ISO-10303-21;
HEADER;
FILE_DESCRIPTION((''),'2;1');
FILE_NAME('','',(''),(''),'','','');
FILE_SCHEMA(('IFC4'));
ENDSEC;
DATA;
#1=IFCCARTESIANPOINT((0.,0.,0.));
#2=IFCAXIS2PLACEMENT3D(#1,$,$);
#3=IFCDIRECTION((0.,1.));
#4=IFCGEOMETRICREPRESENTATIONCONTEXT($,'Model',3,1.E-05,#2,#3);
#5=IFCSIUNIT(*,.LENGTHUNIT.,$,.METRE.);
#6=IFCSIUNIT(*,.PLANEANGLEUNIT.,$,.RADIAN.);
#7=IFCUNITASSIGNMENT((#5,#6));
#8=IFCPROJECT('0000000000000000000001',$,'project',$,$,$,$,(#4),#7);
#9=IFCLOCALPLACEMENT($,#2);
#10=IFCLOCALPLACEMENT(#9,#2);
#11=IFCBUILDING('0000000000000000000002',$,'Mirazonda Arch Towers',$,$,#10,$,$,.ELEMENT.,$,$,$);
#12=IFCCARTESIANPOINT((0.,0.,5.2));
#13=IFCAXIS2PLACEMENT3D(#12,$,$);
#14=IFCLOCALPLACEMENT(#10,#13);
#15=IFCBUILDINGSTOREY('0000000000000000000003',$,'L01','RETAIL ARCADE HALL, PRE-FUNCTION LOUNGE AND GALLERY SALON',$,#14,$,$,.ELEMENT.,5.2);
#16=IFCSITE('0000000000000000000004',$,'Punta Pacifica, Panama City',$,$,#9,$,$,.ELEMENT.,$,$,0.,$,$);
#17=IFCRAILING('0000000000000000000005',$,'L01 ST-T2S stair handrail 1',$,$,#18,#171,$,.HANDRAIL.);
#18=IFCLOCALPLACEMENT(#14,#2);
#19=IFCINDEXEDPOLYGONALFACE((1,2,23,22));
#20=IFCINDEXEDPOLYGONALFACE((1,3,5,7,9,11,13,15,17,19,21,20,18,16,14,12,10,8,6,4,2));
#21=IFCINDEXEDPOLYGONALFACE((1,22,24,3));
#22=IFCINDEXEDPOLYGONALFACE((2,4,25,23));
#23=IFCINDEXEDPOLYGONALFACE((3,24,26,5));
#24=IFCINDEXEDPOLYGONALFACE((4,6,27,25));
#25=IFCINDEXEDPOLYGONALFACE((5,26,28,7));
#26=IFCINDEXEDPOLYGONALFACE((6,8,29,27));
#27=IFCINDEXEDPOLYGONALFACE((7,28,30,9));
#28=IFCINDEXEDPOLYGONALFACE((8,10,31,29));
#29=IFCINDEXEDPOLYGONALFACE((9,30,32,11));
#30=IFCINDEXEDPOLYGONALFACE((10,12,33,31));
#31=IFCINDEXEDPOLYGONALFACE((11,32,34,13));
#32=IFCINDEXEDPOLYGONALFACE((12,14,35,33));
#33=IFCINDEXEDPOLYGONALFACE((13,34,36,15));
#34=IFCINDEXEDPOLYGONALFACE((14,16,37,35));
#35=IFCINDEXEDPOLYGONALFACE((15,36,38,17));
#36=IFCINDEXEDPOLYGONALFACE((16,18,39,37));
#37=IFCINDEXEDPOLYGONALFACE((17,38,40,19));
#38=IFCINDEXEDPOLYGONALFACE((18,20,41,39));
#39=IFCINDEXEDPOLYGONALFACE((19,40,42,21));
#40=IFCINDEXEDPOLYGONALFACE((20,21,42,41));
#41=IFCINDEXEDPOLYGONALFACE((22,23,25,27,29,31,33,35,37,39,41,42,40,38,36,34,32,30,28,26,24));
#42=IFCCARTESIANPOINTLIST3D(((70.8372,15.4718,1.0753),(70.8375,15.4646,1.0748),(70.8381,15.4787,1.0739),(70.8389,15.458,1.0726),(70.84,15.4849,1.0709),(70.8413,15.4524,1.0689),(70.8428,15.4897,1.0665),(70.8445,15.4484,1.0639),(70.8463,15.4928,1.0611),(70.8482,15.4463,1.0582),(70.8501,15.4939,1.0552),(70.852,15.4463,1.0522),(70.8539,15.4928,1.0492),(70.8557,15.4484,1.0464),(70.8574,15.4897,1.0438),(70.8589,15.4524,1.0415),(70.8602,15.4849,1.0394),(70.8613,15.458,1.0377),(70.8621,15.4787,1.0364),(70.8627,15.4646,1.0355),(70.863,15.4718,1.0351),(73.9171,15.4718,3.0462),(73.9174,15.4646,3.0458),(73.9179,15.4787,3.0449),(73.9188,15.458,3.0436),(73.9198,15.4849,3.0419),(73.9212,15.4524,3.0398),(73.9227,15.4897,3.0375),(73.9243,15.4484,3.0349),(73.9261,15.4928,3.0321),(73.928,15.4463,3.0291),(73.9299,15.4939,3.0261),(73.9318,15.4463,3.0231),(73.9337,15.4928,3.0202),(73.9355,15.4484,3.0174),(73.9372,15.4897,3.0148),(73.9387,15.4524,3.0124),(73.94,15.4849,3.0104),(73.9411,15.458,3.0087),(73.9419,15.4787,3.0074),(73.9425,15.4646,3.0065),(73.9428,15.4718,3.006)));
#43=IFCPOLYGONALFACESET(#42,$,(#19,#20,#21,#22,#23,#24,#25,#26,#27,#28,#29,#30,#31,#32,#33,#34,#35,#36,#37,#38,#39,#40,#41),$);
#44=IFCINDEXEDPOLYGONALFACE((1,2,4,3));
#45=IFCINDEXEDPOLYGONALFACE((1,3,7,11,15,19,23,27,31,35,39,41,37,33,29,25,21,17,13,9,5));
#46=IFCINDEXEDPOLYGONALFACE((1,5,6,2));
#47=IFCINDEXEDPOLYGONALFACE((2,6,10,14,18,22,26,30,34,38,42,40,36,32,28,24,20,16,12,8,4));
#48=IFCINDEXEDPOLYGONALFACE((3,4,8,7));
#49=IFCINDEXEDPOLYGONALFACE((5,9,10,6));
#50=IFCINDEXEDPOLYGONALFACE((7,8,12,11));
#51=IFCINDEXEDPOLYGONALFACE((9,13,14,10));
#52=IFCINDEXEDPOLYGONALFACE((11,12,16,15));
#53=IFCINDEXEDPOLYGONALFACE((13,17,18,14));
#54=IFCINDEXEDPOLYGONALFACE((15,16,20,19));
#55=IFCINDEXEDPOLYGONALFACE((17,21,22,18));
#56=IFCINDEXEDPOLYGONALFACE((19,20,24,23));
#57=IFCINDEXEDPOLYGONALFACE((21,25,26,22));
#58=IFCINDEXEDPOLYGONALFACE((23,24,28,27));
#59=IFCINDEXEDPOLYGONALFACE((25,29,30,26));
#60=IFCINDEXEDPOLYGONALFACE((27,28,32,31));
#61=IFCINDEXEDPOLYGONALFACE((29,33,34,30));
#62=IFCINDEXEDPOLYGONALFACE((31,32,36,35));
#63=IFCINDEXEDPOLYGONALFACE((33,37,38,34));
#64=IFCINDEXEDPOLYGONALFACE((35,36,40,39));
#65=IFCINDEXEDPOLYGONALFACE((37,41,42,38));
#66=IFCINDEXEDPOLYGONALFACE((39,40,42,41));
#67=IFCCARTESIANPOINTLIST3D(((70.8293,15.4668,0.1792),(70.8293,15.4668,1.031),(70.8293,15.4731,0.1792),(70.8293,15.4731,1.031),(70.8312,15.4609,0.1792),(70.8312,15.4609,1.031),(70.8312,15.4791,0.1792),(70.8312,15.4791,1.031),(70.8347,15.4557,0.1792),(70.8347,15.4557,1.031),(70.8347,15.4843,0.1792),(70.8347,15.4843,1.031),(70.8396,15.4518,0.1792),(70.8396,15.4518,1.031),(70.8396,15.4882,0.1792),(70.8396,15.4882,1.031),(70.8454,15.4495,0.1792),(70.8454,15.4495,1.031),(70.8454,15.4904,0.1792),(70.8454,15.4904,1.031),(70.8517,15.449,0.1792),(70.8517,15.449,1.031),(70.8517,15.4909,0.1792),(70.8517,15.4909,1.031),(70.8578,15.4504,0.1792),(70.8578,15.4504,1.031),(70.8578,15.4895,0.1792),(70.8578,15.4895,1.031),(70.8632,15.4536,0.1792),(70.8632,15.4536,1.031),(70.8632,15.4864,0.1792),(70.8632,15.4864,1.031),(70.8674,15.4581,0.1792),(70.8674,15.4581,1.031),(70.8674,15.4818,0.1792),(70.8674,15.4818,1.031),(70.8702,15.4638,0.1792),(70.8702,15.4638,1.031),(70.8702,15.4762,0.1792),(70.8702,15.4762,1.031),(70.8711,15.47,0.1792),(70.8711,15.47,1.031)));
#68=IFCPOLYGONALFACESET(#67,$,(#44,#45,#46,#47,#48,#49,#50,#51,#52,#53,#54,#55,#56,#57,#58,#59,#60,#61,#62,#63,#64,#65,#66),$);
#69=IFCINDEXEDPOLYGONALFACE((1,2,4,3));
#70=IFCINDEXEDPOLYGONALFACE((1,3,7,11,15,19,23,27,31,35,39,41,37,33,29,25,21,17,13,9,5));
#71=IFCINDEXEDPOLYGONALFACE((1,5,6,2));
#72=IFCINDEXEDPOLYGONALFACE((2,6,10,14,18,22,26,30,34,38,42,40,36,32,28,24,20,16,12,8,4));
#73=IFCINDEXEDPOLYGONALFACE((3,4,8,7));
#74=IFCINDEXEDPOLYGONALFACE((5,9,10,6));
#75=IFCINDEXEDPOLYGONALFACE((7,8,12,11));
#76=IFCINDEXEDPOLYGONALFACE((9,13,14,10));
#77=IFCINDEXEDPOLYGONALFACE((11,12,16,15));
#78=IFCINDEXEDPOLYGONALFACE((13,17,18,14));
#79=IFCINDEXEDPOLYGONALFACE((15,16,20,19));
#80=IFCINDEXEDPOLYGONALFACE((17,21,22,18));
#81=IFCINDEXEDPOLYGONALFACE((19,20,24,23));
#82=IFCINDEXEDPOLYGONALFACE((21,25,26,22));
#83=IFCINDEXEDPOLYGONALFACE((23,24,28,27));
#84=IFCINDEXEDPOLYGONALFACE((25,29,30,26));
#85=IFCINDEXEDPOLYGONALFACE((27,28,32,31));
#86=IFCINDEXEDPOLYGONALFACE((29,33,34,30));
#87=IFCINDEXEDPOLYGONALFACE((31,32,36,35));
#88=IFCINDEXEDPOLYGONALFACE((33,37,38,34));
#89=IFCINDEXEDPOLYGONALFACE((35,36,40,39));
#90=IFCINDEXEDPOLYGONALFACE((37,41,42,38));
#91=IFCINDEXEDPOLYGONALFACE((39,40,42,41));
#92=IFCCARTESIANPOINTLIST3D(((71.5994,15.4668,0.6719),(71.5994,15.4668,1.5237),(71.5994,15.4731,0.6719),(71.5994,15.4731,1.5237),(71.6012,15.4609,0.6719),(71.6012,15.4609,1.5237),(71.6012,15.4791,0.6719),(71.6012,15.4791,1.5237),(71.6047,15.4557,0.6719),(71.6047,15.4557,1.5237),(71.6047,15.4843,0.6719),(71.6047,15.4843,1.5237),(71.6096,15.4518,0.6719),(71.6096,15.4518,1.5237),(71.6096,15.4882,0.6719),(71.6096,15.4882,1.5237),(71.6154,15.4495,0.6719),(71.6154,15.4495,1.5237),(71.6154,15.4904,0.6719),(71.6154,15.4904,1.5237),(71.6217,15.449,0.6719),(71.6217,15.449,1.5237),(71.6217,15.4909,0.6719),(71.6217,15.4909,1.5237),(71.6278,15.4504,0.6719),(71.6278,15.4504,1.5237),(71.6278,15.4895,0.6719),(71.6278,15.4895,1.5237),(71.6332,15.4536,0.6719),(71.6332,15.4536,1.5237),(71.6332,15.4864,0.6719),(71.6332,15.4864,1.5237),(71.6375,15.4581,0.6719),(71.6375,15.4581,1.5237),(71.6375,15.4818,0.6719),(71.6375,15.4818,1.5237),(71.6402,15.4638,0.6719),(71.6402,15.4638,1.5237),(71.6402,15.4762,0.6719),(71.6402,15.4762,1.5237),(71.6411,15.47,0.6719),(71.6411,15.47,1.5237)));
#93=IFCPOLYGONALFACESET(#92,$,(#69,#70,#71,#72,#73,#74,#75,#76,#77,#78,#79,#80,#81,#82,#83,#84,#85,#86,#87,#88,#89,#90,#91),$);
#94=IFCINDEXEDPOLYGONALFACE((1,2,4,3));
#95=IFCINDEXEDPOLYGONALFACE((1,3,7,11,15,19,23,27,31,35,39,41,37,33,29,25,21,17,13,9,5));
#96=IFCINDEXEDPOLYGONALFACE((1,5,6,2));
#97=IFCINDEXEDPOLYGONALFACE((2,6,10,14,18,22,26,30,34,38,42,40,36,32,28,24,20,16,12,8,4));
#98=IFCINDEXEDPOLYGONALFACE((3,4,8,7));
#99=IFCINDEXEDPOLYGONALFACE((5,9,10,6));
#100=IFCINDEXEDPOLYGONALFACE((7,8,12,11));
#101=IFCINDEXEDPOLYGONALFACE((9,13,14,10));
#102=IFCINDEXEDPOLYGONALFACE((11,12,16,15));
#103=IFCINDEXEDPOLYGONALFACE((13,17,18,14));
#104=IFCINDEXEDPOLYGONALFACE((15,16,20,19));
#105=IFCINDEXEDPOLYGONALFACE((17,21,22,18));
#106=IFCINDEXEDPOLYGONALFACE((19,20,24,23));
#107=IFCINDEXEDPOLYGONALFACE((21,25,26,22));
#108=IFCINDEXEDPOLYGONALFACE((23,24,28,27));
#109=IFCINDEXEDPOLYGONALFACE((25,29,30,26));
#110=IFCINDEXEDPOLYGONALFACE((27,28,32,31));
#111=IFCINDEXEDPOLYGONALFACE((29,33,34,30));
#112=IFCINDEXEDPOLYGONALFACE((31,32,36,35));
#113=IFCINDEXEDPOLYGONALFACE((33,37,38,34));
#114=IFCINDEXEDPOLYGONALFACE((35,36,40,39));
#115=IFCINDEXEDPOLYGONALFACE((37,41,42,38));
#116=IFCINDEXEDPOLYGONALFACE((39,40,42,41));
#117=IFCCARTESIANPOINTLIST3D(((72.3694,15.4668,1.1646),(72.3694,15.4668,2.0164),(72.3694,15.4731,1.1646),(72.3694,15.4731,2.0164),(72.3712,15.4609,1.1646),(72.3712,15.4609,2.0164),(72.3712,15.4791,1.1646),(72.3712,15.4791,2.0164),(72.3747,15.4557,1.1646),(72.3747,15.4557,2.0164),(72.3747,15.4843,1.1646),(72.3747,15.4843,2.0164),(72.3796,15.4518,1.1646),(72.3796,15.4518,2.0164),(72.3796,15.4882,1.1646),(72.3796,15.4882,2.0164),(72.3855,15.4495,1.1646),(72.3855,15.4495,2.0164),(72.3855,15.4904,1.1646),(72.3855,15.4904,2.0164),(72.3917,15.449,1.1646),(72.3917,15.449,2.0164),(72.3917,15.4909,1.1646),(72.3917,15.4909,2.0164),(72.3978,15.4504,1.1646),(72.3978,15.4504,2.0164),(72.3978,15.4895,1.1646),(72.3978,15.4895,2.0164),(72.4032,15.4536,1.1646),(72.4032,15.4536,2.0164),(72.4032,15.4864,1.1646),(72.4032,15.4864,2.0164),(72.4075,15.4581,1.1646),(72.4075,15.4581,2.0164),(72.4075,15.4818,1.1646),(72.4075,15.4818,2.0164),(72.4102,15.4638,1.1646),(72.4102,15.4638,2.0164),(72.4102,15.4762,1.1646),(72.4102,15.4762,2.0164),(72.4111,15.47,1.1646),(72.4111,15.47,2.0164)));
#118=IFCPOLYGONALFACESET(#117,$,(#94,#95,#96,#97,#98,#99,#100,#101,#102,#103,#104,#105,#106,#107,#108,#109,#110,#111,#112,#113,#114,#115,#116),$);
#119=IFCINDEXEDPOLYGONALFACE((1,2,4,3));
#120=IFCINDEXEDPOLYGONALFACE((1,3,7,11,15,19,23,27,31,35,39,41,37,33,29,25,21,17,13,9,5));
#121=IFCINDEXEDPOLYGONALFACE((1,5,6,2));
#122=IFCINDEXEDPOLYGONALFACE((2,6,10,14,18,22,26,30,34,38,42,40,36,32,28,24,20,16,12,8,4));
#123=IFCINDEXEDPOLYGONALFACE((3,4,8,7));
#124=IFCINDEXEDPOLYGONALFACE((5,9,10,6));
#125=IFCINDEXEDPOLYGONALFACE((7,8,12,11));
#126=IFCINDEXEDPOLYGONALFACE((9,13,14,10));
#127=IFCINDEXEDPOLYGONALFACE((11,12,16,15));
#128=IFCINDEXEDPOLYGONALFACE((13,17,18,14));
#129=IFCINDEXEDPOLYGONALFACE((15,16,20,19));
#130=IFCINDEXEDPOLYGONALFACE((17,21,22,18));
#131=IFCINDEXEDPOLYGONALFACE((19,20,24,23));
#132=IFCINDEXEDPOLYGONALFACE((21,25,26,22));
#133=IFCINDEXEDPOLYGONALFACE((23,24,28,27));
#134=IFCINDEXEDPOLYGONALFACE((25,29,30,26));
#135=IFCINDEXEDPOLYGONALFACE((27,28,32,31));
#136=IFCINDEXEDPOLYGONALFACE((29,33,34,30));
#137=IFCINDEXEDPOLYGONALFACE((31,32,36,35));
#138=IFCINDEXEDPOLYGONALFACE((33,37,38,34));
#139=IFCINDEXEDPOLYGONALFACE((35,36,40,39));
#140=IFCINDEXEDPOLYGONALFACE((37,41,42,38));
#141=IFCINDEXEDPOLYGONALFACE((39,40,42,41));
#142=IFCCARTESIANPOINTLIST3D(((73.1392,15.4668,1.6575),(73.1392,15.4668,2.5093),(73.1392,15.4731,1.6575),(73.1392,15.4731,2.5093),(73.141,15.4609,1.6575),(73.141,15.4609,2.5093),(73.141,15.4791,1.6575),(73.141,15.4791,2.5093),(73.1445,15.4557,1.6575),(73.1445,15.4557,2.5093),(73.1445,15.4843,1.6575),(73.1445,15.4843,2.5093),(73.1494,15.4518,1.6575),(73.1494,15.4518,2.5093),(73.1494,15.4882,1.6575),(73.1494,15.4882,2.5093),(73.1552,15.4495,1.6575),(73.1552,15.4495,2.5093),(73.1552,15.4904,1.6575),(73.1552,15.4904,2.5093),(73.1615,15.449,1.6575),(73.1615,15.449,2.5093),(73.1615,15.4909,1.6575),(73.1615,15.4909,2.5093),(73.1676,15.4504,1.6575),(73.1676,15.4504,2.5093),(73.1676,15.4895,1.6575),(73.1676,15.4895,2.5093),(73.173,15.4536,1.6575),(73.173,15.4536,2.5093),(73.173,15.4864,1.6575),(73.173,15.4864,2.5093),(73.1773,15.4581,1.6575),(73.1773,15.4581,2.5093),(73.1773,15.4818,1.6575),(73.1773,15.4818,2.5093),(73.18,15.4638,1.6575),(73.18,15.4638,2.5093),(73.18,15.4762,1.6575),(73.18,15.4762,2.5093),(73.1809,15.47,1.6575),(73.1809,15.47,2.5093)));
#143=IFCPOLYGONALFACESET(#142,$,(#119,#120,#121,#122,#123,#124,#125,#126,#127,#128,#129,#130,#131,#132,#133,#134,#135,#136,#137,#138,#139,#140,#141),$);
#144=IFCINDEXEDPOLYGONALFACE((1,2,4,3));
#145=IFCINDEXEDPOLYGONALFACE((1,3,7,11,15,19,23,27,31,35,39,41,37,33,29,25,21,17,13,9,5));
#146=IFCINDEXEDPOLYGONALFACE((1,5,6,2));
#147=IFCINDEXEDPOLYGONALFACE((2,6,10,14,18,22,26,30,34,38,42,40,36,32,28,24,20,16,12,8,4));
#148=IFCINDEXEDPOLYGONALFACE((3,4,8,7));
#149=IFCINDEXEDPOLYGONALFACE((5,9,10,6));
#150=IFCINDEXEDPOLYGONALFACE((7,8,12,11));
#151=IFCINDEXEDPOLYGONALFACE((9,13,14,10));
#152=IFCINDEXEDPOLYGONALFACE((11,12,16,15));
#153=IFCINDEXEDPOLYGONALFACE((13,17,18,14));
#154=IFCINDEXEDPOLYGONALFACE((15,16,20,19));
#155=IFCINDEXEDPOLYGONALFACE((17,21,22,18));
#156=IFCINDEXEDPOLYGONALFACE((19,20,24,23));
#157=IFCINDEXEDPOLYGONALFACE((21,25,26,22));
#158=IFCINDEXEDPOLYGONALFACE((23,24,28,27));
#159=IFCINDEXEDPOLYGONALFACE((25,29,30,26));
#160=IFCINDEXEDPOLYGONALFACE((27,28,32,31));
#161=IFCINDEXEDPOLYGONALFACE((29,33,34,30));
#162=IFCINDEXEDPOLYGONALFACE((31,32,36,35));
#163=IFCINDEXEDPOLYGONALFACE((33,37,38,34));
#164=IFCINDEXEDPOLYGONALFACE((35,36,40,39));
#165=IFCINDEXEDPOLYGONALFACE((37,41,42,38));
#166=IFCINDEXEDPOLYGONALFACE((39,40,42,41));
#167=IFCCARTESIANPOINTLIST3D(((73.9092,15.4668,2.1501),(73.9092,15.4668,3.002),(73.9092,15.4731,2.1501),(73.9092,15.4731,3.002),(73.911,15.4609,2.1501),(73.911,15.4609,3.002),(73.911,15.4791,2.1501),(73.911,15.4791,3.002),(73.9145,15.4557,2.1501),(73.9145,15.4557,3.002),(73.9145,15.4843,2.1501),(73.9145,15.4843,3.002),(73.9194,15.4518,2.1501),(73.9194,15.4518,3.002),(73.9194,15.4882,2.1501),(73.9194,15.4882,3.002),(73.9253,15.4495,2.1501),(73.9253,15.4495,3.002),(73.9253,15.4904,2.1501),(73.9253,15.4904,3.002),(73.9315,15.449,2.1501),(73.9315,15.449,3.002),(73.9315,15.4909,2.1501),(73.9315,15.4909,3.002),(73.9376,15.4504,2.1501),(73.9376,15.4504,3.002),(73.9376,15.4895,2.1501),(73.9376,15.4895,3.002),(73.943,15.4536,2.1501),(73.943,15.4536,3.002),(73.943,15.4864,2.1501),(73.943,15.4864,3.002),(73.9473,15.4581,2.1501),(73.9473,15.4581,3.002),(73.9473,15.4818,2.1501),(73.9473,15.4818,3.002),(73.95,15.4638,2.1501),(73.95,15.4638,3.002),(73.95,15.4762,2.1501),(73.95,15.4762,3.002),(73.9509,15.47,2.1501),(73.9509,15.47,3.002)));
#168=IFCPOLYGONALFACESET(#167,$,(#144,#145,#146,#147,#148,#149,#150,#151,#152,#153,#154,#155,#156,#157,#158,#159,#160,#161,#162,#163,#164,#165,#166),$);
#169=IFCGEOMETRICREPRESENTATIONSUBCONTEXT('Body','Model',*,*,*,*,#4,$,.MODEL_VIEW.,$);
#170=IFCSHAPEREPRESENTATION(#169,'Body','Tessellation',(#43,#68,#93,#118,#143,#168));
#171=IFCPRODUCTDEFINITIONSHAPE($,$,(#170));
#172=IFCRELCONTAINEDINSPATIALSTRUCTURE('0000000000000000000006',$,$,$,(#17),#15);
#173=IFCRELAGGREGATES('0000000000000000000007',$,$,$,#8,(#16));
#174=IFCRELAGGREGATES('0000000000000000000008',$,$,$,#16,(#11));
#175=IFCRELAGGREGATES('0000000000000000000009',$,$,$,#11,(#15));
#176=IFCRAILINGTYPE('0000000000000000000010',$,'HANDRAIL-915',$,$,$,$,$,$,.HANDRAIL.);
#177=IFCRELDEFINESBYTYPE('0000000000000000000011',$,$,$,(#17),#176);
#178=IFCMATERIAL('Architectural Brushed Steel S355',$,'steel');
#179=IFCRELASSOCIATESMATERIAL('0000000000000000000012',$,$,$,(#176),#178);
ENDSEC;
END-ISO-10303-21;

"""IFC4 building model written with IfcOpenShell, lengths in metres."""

from ifc_helpers import new_model, si_unit, direction, frame, origin, origin_2d, place, context, subcontext, project, spatial, circle, extrude, material, type_object, element, save


model = new_model("IFC4")

# Units and contexts
model_context = context("Model", 3, precision=1e-05, world=origin(), true_north=direction((0.0, 1.0)))
body_context = subcontext(model_context, "Body", "Model", "MODEL_VIEW")
ifc_project = project(units=[si_unit("LENGTHUNIT", "METRE"), si_unit("PLANEANGLEUNIT", "RADIAN")], contexts=[model_context])

# Site, building, storey
site_placement = place(None, origin())
site = spatial("IfcSite", under=ifc_project, at=site_placement, Name="Punta Pacifica, Panama City", CompositionType="ELEMENT", RefElevation=0.0)
building_placement = place(site_placement, origin())
building = spatial("IfcBuilding", under=site, at=building_placement, Name="Mirazonda Arch Towers", CompositionType="ELEMENT")
storey_placement = place(building_placement, frame((0.0, 0.0, 5.2)))
storey = spatial("IfcBuildingStorey", under=building, at=storey_placement, Name="L01", Description="RETAIL ARCADE HALL, PRE-FUNCTION LOUNGE AND GALLERY SALON", CompositionType="ELEMENT", Elevation=5.2)

# Shared definitions
ifc_material_1 = material(Name="Architectural Brushed Steel S355", Category="steel")

# Railing
railing_type_1 = type_object("IfcRailingType", Name="HANDRAIL-915", PredefinedType="HANDRAIL", material=ifc_material_1)
railing_1_placement = place(storey_placement, frame((70.8501, 15.47, 0.1792)))
element("IfcRailing", 1, at=railing_1_placement, inside=storey, type_object=railing_type_1, Name="L01 ST-T2S stair handrail 1", PredefinedType="HANDRAIL", context=body_context, shape_type="SweptSolid", body=[
    extrude(circle(Radius=0.0239, at=origin_2d()), frame((0.0, 0.0, 0.876), z_axis=(0.84229, 0.0, 0.539025), x_axis=(0.0, 1.0, 0.0)), (0.0, 0.0, 1.0), 3.6565),
    extrude(circle(Radius=0.021, at=origin_2d()), origin(), (0.0, 0.0, 1.0), 0.8518),
    extrude(circle(Radius=0.021, at=origin_2d()), frame((0.77, 0.0, 0.4927)), (0.0, 0.0, 1.0), 0.8518),
    extrude(circle(Radius=0.021, at=origin_2d()), frame((1.54, 0.0, 0.9854)), (0.0, 0.0, 1.0), 0.8518),
    extrude(circle(Radius=0.021, at=origin_2d()), frame((2.3098, 0.0, 1.4783)), (0.0, 0.0, 1.0), 0.8518),
    extrude(circle(Radius=0.021, at=origin_2d()), frame((3.0798, 0.0, 1.9709)), (0.0, 0.0, 1.0), 0.8518),
])

save(model, "model.ifc")
